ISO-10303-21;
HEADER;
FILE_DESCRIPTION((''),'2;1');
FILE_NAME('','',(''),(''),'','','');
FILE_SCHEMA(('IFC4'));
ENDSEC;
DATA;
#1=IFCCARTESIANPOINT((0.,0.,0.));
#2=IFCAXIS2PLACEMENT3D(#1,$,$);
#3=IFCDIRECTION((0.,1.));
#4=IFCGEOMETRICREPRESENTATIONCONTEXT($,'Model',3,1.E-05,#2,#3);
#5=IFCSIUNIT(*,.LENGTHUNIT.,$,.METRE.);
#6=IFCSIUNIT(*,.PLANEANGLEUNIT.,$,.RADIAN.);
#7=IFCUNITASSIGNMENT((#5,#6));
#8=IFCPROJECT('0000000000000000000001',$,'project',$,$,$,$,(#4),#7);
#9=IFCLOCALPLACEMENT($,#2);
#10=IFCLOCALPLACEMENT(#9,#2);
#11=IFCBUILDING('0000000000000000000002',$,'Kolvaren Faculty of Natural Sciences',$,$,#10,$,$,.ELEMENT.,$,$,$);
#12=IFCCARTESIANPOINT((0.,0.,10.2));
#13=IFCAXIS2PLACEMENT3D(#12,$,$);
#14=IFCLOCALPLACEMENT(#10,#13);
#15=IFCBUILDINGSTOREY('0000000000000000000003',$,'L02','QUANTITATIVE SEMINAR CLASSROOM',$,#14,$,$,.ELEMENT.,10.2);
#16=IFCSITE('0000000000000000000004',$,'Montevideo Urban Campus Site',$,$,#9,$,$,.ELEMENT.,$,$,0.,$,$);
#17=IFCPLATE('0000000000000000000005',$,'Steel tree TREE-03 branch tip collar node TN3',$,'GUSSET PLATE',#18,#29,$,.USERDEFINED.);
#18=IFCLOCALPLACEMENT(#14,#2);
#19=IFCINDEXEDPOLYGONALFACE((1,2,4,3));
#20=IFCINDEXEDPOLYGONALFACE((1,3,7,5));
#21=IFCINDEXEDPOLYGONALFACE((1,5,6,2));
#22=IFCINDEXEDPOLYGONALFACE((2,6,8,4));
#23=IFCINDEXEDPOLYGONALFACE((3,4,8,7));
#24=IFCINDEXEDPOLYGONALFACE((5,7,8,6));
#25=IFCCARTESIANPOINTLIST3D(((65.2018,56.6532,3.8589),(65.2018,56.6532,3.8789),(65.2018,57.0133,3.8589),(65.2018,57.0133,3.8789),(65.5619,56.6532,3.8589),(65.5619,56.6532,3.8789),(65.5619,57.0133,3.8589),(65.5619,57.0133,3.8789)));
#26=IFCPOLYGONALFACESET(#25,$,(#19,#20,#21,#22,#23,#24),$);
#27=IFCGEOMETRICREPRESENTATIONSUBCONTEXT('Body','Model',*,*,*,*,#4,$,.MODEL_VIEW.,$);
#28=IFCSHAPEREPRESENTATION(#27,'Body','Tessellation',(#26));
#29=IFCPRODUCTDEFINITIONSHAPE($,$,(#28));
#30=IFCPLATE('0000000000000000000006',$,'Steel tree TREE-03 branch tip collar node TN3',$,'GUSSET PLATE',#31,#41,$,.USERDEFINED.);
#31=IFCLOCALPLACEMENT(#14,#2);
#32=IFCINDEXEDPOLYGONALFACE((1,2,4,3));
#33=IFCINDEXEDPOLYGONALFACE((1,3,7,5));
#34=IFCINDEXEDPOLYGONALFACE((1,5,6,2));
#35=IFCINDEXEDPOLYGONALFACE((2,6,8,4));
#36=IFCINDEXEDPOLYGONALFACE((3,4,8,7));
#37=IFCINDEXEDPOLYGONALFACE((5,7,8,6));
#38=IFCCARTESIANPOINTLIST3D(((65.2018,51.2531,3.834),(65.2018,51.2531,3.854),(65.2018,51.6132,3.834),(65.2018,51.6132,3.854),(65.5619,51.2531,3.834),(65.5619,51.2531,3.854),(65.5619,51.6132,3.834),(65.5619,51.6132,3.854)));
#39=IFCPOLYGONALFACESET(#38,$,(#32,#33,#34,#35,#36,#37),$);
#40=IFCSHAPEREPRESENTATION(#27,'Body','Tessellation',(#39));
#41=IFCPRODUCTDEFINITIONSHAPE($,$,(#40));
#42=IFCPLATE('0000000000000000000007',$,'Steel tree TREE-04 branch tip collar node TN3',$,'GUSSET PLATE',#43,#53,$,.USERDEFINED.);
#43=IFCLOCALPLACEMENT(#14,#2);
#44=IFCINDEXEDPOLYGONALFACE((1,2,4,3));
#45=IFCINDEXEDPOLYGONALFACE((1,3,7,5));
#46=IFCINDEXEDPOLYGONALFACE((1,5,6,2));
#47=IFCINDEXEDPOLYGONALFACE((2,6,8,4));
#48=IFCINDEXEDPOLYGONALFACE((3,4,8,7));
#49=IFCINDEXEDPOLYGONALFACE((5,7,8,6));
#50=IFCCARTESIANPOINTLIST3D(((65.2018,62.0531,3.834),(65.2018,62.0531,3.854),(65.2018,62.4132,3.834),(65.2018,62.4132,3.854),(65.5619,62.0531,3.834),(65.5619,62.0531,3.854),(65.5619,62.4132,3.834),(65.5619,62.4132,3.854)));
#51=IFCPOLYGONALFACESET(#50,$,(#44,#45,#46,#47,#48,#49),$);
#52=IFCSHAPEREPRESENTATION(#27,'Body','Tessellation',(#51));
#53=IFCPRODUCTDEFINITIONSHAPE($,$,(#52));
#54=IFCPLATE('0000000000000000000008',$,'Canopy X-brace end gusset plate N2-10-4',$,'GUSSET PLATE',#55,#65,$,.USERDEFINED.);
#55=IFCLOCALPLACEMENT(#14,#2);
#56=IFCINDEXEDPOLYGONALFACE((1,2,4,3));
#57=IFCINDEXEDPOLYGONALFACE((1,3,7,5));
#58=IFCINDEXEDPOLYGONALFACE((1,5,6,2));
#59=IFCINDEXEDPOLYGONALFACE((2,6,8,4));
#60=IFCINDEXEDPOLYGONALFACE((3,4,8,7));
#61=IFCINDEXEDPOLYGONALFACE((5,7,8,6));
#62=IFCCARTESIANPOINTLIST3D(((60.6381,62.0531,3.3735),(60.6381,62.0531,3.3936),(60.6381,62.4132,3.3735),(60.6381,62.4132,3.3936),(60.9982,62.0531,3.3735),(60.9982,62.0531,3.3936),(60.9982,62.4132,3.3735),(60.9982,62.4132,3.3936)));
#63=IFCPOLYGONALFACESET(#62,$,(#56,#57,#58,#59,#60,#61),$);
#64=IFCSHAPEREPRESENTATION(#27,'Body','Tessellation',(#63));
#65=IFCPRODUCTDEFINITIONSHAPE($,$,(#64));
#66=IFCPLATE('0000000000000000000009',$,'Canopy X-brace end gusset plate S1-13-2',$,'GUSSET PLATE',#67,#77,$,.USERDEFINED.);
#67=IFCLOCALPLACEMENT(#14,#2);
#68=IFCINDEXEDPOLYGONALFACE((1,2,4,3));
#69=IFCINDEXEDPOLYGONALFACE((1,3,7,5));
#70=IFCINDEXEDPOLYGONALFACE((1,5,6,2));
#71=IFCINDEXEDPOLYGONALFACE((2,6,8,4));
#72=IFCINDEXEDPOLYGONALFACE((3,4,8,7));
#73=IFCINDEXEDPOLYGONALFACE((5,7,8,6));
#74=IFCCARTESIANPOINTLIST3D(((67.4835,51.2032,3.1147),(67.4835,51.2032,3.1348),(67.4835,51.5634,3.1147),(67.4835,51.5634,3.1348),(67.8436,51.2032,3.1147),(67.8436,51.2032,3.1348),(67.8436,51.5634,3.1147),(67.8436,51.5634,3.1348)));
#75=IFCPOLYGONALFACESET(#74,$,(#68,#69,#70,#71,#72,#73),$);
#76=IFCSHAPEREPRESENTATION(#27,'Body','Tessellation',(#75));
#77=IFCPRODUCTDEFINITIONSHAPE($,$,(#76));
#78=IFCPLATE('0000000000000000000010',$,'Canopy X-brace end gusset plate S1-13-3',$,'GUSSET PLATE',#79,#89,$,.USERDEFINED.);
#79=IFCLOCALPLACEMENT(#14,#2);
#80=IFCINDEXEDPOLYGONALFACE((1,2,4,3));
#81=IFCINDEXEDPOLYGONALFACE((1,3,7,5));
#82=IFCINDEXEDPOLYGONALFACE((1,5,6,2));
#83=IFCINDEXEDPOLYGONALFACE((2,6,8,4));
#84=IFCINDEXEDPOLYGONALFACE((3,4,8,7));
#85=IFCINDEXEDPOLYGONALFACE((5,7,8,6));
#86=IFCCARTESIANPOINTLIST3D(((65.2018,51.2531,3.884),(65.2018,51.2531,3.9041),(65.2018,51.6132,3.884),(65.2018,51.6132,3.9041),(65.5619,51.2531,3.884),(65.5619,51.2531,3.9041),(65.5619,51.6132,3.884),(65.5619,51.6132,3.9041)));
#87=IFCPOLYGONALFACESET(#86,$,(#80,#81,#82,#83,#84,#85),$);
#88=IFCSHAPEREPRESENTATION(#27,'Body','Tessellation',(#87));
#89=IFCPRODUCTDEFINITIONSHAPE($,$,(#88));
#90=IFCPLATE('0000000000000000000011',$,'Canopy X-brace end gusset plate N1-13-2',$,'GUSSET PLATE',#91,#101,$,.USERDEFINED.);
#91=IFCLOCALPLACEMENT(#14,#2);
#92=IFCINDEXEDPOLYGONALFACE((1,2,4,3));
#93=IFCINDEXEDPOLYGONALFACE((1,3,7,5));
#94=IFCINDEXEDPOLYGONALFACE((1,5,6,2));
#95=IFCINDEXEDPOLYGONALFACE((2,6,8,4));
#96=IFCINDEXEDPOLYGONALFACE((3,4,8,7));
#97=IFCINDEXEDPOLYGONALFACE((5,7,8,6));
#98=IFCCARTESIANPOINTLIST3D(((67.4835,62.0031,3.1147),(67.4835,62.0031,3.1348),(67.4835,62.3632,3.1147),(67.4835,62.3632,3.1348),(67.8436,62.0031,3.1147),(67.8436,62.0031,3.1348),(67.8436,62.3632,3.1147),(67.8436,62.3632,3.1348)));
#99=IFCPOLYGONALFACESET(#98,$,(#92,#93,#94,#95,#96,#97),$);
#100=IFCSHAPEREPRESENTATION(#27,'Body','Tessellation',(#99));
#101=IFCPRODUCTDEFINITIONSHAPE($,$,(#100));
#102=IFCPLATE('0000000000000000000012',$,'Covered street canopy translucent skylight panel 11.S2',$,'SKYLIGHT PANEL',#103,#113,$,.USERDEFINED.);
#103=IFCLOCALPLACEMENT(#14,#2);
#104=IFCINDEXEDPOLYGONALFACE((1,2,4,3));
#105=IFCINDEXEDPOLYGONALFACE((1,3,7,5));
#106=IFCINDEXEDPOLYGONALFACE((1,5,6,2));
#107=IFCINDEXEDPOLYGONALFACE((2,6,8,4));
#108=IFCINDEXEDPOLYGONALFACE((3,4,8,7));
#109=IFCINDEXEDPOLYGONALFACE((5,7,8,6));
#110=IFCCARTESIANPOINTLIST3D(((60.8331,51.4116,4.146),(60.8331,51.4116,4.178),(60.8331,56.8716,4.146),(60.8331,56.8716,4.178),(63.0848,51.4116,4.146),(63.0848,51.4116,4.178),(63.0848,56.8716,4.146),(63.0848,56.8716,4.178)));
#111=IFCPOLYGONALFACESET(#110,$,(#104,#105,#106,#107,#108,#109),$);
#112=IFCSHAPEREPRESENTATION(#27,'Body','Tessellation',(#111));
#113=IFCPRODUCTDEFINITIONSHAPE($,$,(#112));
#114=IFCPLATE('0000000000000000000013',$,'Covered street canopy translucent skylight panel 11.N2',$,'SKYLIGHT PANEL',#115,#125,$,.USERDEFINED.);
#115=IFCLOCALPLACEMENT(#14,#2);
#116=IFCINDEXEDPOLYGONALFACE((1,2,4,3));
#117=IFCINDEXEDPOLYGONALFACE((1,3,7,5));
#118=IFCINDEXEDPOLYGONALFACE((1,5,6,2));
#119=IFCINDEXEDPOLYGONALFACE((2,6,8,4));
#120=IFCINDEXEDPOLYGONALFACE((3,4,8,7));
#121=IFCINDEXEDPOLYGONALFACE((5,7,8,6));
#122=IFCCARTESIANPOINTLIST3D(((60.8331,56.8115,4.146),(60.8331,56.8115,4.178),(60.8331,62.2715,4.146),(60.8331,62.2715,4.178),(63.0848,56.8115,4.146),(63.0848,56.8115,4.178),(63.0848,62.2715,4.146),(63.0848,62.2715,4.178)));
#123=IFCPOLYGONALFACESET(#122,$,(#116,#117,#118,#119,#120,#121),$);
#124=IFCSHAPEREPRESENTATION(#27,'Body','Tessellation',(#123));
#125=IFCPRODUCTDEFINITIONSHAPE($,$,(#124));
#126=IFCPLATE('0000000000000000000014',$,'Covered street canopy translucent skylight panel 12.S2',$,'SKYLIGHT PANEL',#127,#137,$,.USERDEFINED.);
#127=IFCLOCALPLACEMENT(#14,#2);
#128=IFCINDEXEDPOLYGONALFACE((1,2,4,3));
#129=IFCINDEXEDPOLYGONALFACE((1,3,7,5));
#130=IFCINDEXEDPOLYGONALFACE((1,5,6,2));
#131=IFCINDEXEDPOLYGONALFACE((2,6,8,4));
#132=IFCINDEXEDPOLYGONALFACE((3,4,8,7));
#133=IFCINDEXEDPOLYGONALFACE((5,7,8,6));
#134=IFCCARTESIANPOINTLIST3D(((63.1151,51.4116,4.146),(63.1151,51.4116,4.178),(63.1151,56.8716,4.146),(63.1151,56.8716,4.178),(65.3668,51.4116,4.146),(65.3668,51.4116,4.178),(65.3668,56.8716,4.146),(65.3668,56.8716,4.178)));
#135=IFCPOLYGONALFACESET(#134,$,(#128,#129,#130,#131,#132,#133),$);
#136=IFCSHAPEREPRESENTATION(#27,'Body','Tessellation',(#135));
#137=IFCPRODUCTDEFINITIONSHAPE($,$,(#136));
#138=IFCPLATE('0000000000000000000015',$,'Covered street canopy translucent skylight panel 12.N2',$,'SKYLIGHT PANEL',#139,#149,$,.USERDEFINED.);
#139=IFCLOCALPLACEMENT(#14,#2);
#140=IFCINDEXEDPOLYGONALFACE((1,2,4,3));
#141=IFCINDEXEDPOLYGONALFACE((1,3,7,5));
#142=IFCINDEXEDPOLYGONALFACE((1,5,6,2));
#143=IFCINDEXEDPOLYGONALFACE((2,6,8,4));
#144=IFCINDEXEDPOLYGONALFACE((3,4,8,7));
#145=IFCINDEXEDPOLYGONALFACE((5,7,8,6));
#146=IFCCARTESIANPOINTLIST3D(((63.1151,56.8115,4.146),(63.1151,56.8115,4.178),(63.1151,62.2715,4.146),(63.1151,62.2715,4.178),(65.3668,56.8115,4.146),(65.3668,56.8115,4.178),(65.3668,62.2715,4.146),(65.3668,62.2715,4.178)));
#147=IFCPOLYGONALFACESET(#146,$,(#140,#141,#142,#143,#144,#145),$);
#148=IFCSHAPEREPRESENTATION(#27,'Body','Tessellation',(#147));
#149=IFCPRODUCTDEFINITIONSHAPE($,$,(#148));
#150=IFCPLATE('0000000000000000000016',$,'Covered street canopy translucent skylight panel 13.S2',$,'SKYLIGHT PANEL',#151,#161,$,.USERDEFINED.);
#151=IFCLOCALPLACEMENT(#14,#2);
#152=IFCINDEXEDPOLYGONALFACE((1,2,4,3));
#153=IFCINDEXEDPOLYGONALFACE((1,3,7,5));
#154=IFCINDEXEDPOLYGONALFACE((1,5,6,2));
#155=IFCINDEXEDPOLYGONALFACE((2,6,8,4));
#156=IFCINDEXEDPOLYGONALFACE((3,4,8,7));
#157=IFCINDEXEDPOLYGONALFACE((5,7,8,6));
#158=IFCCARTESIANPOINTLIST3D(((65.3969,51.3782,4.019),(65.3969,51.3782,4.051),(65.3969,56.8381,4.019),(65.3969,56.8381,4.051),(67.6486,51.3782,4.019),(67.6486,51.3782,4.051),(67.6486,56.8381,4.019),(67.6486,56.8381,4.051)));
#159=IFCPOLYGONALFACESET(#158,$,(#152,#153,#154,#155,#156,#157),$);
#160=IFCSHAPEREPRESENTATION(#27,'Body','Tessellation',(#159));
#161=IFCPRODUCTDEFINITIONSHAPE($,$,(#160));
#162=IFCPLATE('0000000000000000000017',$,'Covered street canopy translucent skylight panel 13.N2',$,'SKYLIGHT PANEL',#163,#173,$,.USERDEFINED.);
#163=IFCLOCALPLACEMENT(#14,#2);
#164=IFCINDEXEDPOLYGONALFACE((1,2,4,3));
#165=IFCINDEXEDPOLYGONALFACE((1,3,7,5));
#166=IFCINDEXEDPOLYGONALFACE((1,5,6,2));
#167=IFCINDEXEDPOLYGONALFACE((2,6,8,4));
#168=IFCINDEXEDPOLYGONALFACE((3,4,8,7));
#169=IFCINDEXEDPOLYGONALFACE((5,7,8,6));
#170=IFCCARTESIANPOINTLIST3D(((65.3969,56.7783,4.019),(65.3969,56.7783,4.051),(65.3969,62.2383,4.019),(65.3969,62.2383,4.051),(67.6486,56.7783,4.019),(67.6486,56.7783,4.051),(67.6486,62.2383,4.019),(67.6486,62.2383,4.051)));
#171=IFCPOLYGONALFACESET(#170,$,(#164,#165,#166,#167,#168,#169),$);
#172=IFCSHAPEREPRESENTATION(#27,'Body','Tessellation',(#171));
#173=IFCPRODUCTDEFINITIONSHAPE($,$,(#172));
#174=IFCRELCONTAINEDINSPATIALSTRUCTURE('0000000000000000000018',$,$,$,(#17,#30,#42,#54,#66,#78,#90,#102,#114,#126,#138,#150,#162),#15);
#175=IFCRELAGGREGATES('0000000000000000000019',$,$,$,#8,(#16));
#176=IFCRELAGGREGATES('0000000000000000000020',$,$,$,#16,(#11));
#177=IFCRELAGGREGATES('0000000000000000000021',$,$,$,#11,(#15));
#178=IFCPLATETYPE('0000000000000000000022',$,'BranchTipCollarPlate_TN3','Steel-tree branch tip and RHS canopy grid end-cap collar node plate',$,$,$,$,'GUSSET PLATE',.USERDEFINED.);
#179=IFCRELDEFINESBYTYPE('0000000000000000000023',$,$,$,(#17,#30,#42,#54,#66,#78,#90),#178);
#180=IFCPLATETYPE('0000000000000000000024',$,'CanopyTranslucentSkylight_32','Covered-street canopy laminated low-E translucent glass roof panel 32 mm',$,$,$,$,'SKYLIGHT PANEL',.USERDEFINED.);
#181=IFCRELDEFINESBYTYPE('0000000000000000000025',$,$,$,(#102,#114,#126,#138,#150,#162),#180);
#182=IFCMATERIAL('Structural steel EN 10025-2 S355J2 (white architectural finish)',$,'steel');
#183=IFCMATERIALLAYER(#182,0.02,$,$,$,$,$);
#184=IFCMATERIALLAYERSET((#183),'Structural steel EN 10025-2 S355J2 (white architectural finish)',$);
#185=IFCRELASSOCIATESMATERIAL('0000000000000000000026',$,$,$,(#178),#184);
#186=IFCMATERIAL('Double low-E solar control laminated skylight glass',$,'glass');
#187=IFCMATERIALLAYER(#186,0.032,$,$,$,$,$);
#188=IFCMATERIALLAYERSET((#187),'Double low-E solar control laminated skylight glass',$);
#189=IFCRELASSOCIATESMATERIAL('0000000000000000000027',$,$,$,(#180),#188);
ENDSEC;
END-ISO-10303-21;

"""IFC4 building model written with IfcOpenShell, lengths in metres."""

from ifc_helpers import new_model, si_unit, direction, frame, origin, origin_2d, place, context, subcontext, project, spatial, rectangle, extrude, material, layer, layer_set, type_object, element, save


model = new_model("IFC4")

# Units and contexts
model_context = context("Model", 3, precision=1e-05, world=origin(), true_north=direction((0.0, 1.0)))
body_context = subcontext(model_context, "Body", "Model", "MODEL_VIEW")
ifc_project = project(units=[si_unit("LENGTHUNIT", "METRE"), si_unit("PLANEANGLEUNIT", "RADIAN")], contexts=[model_context])

# Site, building, storey
site_placement = place(None, origin())
site = spatial("IfcSite", under=ifc_project, at=site_placement, Name="Montevideo Urban Campus Site", CompositionType="ELEMENT", RefElevation=0.0)
building_placement = place(site_placement, origin())
building = spatial("IfcBuilding", under=site, at=building_placement, Name="Kolvaren Faculty of Natural Sciences", CompositionType="ELEMENT")
storey_placement = place(building_placement, frame((0.0, 0.0, 10.2)))
storey = spatial("IfcBuildingStorey", under=building, at=storey_placement, Name="L02", Description="QUANTITATIVE SEMINAR CLASSROOM", CompositionType="ELEMENT", Elevation=10.2)

# Plates
ifc_material_1 = material(Name="Structural steel EN 10025-2 S355J2 (white architectural finish)", Category="steel")
ifc_layer_1 = layer(ifc_material_1, 0.02)
ifc_layer_set_1 = layer_set([ifc_layer_1], Name="Structural steel EN 10025-2 S355J2 (white architectural finish)")
plate_type_1 = type_object("IfcPlateType", Name="BranchTipCollarPlate_TN3", Description="Steel-tree branch tip and RHS canopy grid end-cap collar node plate", ElementType="GUSSET PLATE", PredefinedType="USERDEFINED", material=ifc_layer_set_1)
for number, where, z_axis, x_axis, name in (
    (1, (65.3818, 56.8333, 3.8589), (0.0, 0.0, 1.0), (1.0, 0.0, 0.0), "Steel tree TREE-03 branch tip collar node TN3"),
    (2, (65.3818, 51.4331, 3.834), (0.0, 0.0, 1.0), (1.0, 0.0, 0.0), "Steel tree TREE-03 branch tip collar node TN3"),
    (3, (65.3818, 62.2332, 3.834), (0.0, 0.0, 1.0), (1.0, 0.0, 0.0), "Steel tree TREE-04 branch tip collar node TN3"),
    (4, (60.8181, 62.2332, 3.3735), (0.0, 0.0, 1.0), (1.0, 0.0, 0.0), "Canopy X-brace end gusset plate N2-10-4"),
    (5, (67.6636, 51.3833, 3.1147), (0.0, 0.0, 1.0), (1.0, 0.0, 0.0), "Canopy X-brace end gusset plate S1-13-2"),
    (6, (65.3818, 51.4331, 3.884), (0.0, 0.0, 1.0), (1.0, 0.0, 0.0), "Canopy X-brace end gusset plate S1-13-3"),
    (7, (67.6636, 62.1831, 3.1147), (0.0, 0.0, 1.0), (1.0, 0.0, 0.0), "Canopy X-brace end gusset plate N1-13-2"),
):
    element("IfcPlate", number, at=place(storey_placement, frame(where, z_axis=z_axis, x_axis=x_axis)), inside=storey, type_object=plate_type_1, Name=name, ObjectType="GUSSET PLATE", PredefinedType="USERDEFINED", context=body_context, shape_type="SweptSolid", body=[
        extrude(rectangle(XDim=0.3601, YDim=0.3601, at=origin_2d()), origin(), (0.0, 0.0, 1.0), 0.02),
    ])
ifc_material_2 = material(Name="Double low-E solar control laminated skylight glass", Category="glass")
ifc_layer_2 = layer(ifc_material_2, 0.032)
ifc_layer_set_2 = layer_set([ifc_layer_2], Name="Double low-E solar control laminated skylight glass")
plate_type_2 = type_object("IfcPlateType", Name="CanopyTranslucentSkylight_32", Description="Covered-street canopy laminated low-E translucent glass roof panel 32 mm", ElementType="SKYLIGHT PANEL", PredefinedType="USERDEFINED", material=ifc_layer_set_2)
for number, where, z_axis, x_axis, name in (
    (8, (61.959, 54.1416, 4.146), (0.0, 0.0, 1.0), (1.0, 0.0, 0.0), "Covered street canopy translucent skylight panel 11.S2"),
    (9, (61.959, 59.5415, 4.146), (0.0, 0.0, 1.0), (1.0, 0.0, 0.0), "Covered street canopy translucent skylight panel 11.N2"),
    (10, (64.241, 54.1416, 4.146), (0.0, 0.0, 1.0), (1.0, 0.0, 0.0), "Covered street canopy translucent skylight panel 12.S2"),
    (11, (64.241, 59.5415, 4.146), (0.0, 0.0, 1.0), (1.0, 0.0, 0.0), "Covered street canopy translucent skylight panel 12.N2"),
    (12, (66.5227, 54.1082, 4.019), (0.0, 0.0, 1.0), (1.0, 0.0, 0.0), "Covered street canopy translucent skylight panel 13.S2"),
    (13, (66.5227, 59.5083, 4.019), (0.0, 0.0, 1.0), (1.0, 0.0, 0.0), "Covered street canopy translucent skylight panel 13.N2"),
):
    element("IfcPlate", number, at=place(storey_placement, frame(where, z_axis=z_axis, x_axis=x_axis)), inside=storey, type_object=plate_type_2, Name=name, ObjectType="SKYLIGHT PANEL", PredefinedType="USERDEFINED", context=body_context, shape_type="SweptSolid", body=[
        extrude(rectangle(XDim=2.2517, YDim=5.46, at=origin_2d()), origin(), (0.0, 0.0, 1.0), 0.032),
    ])

save(model, "model.ifc")
